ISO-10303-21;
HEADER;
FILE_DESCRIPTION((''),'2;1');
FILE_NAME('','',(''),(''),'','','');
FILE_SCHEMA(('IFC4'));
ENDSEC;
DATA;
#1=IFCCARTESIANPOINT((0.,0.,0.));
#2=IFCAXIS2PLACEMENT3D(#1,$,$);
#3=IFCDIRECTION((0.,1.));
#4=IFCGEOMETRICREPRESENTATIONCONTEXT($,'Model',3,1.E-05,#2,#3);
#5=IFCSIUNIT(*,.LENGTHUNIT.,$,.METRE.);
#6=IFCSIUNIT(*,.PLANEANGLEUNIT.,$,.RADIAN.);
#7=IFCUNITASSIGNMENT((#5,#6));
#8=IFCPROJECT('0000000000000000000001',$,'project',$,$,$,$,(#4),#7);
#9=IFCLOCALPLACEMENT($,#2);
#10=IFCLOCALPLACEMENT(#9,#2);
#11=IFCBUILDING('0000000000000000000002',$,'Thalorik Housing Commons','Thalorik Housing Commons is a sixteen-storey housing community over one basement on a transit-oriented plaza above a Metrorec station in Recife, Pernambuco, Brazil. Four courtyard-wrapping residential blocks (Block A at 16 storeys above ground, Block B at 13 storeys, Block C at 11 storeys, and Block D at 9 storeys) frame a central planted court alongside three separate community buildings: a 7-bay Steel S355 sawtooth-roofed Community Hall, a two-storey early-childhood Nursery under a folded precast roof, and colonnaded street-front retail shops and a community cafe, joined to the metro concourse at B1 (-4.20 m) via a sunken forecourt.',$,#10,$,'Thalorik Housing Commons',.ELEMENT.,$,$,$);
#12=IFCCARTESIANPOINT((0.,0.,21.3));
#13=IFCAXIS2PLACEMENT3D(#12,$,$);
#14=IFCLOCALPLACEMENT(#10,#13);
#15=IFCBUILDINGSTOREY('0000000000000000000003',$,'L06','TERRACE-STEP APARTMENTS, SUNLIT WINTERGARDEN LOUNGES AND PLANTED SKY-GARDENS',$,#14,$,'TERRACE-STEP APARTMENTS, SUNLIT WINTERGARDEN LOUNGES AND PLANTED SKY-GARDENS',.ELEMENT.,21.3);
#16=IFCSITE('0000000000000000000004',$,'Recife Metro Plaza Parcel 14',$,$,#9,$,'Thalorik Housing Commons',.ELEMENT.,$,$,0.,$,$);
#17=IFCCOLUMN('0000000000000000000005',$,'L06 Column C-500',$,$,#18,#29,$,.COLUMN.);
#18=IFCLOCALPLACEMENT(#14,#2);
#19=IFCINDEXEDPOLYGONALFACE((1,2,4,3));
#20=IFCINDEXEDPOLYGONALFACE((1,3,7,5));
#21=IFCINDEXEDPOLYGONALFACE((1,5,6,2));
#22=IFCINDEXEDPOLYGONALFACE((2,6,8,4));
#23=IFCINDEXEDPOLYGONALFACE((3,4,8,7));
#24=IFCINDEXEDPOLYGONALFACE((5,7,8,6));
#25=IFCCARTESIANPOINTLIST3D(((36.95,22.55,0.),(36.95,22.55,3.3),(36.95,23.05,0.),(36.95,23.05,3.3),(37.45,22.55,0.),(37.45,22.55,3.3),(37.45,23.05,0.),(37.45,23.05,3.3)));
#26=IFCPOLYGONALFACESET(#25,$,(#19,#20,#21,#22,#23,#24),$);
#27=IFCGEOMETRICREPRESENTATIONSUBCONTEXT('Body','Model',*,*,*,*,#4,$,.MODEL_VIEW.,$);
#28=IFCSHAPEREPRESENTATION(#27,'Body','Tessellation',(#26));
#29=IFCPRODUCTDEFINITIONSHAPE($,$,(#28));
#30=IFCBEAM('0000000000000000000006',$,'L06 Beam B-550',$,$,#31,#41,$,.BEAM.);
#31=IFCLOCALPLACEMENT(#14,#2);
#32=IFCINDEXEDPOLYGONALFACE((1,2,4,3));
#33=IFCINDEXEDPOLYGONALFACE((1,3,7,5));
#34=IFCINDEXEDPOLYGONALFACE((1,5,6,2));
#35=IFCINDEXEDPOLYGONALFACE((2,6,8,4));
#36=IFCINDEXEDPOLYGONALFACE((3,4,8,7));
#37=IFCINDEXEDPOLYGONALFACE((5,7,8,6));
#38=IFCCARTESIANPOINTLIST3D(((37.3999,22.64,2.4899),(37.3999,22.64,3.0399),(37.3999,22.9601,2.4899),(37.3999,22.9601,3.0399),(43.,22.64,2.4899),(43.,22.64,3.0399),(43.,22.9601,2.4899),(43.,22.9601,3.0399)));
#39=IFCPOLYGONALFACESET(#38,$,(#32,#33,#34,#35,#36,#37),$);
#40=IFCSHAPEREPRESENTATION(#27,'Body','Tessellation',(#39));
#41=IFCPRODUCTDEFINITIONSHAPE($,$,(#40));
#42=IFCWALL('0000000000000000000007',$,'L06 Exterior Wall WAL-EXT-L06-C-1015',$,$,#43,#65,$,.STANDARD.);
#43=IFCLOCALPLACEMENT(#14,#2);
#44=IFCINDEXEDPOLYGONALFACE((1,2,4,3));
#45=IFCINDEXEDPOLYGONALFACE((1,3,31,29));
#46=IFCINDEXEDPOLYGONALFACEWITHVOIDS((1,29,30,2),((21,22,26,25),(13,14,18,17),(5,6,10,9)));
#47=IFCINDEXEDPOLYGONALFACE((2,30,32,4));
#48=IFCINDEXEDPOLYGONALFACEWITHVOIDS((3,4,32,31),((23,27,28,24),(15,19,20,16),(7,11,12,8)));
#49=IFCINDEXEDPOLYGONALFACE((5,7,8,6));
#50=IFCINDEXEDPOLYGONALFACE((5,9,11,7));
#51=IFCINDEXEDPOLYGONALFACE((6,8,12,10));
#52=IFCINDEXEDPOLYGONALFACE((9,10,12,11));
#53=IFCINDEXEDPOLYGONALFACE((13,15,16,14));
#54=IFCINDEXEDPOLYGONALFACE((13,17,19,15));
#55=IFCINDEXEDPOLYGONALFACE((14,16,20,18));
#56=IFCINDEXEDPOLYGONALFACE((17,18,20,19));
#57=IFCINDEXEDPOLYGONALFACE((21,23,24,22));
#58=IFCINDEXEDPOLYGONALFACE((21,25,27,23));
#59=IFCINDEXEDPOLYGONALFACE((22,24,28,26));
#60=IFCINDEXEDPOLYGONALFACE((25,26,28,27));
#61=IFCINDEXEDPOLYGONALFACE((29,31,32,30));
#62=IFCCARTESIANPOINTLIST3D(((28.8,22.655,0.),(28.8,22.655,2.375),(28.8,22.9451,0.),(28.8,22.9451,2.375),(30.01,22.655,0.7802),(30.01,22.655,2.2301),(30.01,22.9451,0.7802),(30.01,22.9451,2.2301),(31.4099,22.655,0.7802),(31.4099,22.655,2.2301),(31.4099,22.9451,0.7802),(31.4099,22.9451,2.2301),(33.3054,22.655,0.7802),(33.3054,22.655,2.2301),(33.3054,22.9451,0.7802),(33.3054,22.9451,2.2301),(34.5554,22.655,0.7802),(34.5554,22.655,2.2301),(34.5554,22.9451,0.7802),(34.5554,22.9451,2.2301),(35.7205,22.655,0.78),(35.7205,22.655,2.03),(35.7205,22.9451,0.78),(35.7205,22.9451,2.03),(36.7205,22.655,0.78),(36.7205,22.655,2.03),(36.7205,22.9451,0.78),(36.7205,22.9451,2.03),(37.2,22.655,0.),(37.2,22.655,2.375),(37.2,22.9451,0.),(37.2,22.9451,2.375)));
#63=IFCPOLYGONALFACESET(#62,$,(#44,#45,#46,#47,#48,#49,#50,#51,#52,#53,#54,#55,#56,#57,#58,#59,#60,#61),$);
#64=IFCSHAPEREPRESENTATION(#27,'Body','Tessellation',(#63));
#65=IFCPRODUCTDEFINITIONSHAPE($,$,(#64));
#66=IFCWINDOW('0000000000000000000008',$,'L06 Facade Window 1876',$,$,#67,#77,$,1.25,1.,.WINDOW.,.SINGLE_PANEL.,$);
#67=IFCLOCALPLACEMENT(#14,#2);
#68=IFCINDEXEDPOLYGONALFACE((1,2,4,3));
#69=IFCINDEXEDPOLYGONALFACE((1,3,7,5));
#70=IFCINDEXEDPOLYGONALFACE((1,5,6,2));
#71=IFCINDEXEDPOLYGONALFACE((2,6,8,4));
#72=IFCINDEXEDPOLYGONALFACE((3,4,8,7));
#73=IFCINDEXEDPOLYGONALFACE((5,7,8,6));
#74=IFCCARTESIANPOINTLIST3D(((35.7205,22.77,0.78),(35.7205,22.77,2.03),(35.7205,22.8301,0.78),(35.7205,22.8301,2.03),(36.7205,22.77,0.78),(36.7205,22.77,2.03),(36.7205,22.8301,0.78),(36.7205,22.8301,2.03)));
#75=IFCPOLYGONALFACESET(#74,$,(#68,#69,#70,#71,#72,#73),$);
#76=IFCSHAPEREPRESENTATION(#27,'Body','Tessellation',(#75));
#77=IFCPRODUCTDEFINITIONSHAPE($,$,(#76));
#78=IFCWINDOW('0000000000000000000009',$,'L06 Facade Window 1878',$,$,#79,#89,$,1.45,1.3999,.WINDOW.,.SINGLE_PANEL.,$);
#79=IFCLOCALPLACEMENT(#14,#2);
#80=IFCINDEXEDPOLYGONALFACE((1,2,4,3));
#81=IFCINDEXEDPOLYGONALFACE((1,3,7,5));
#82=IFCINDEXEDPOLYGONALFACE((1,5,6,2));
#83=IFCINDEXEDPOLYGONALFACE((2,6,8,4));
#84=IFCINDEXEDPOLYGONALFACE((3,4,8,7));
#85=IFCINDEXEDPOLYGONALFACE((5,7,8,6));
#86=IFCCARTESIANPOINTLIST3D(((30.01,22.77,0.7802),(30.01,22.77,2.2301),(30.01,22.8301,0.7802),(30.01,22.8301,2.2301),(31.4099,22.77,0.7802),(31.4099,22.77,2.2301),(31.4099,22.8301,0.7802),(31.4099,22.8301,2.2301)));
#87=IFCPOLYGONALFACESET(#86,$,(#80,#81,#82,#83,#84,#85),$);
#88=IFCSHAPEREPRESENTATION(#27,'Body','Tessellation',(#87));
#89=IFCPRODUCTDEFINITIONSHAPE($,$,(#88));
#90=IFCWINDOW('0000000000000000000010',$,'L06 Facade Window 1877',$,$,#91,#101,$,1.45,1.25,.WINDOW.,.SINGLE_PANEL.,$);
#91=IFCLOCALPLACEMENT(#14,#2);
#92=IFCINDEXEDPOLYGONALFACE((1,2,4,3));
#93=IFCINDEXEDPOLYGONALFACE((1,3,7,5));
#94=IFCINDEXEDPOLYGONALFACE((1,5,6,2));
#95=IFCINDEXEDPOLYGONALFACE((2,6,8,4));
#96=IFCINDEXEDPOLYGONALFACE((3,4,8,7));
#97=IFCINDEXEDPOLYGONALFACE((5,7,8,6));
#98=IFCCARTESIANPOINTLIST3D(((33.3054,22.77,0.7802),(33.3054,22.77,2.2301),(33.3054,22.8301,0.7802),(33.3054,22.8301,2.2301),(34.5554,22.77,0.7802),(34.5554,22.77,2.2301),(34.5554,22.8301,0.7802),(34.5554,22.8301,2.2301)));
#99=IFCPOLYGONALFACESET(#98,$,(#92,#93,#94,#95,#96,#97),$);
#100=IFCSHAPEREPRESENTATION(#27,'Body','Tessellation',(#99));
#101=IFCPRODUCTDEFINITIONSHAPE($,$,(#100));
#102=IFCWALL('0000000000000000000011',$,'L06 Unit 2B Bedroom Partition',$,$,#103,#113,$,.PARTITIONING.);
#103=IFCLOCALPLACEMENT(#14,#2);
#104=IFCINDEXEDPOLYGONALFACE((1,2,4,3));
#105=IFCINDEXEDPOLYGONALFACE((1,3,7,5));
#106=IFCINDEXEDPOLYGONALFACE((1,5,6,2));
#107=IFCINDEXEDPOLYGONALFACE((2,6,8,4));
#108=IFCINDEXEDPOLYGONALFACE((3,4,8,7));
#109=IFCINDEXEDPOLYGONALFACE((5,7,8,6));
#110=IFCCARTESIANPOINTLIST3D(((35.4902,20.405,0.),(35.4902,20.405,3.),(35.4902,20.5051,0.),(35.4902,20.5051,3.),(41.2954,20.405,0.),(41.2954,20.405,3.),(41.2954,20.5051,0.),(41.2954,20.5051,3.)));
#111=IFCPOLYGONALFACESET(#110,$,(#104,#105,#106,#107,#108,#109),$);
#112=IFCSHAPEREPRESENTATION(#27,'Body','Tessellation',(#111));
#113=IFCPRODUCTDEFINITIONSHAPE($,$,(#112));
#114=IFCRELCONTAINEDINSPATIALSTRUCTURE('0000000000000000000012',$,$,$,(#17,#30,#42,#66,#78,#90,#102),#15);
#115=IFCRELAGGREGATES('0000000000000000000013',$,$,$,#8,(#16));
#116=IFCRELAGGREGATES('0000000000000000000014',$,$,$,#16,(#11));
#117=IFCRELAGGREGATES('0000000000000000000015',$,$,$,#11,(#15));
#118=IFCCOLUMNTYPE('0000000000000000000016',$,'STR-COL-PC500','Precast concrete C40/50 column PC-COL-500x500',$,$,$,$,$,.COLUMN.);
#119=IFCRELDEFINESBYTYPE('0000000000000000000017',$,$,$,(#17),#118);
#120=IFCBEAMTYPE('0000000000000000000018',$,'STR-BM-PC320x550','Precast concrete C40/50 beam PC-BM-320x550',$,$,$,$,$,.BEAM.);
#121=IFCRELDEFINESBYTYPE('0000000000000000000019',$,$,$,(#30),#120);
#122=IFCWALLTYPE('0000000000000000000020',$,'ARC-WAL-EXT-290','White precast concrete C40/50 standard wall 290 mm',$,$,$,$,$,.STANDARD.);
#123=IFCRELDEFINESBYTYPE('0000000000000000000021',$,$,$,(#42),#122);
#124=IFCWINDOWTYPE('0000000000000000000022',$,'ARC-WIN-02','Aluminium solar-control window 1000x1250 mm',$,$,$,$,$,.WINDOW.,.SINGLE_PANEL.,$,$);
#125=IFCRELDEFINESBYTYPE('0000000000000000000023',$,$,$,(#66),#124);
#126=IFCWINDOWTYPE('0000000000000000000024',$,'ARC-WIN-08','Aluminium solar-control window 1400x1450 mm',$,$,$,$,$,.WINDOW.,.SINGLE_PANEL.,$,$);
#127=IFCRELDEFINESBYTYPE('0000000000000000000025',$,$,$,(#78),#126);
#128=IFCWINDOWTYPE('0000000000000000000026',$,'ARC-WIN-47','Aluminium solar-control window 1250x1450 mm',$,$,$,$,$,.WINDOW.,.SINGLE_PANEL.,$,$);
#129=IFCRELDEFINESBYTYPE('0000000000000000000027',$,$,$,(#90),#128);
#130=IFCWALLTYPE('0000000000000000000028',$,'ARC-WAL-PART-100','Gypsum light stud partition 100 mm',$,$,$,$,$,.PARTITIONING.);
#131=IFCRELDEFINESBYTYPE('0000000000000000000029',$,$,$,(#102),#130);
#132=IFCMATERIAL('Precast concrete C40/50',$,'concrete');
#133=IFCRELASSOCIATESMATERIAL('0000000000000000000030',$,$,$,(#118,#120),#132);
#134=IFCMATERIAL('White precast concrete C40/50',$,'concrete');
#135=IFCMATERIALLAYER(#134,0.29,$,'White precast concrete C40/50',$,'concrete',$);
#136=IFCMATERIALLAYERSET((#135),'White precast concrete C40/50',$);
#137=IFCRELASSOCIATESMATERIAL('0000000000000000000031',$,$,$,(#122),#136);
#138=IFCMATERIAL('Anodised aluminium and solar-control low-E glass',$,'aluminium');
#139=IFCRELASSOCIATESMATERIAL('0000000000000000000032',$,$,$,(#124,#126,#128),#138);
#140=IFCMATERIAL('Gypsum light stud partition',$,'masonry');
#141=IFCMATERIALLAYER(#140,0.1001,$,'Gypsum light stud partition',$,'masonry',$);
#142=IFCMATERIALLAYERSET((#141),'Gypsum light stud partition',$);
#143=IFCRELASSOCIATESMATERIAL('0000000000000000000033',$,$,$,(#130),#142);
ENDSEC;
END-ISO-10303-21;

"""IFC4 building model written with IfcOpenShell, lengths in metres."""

from ifc_helpers import new_model, si_unit, direction, frame, frame_2d, origin, origin_2d, place, context, subcontext, project, spatial, rectangle, extrude, material, layer, layer_set, material_profile, profile_set, type_object, element, fill, save


model = new_model("IFC4")

# Units and contexts
model_context = context("Model", 3, precision=1e-05, world=origin(), true_north=direction((0.0, 1.0)))
body_context = subcontext(model_context, "Body", "Model", "MODEL_VIEW")
ifc_project = project(units=[si_unit("LENGTHUNIT", "METRE"), si_unit("PLANEANGLEUNIT", "RADIAN")], contexts=[model_context])

# Site, building, storey
site_placement = place(None, origin())
site = spatial("IfcSite", under=ifc_project, at=site_placement, Name="Recife Metro Plaza Parcel 14", LongName="Thalorik Housing Commons", CompositionType="ELEMENT", RefElevation=0.0)
building_placement = place(site_placement, origin())
building = spatial("IfcBuilding", under=site, at=building_placement, Name="Thalorik Housing Commons", Description="Thalorik Housing Commons is a sixteen-storey housing community over one basement on a transit-oriented plaza above a Metrorec station in Recife, Pernambuco, Brazil. Four courtyard-wrapping residential blocks (Block A at 16 storeys above ground, Block B at 13 storeys, Block C at 11 storeys, and Block D at 9 storeys) frame a central planted court alongside three separate community buildings: a 7-bay Steel S355 sawtooth-roofed Community Hall, a two-storey early-childhood Nursery under a folded precast roof, and colonnaded street-front retail shops and a community cafe, joined to the metro concourse at B1 (-4.20 m) via a sunken forecourt.", LongName="Thalorik Housing Commons", CompositionType="ELEMENT")
storey_placement = place(building_placement, frame((0.0, 0.0, 21.3)))
storey = spatial("IfcBuildingStorey", under=building, at=storey_placement, Name="L06", Description="TERRACE-STEP APARTMENTS, SUNLIT WINTERGARDEN LOUNGES AND PLANTED SKY-GARDENS", LongName="TERRACE-STEP APARTMENTS, SUNLIT WINTERGARDEN LOUNGES AND PLANTED SKY-GARDENS", CompositionType="ELEMENT", Elevation=21.3)

# Column
ifc_material_1 = material(Name="Precast concrete C40/50", Category="concrete")
ifc_material_profile_1 = material_profile(ifc_material_1, rectangle(XDim=0.5, YDim=0.5, at=origin_2d()), Name="PC 500x500", Category="concrete")
ifc_profile_set_1 = profile_set([ifc_material_profile_1], Name="Precast concrete C40/50")
column_type = type_object("IfcColumnType", Name="STR-COL-PC500", Description="Precast concrete C40/50 column PC-COL-500x500", PredefinedType="COLUMN", material=ifc_profile_set_1)
column_placement = place(storey_placement, frame((37.2, 22.8, 0.0), z_axis=(0.0, 0.0, 1.0), x_axis=(1.0, 0.0, 0.0)))
element("IfcColumn", 1, at=column_placement, inside=storey, type_object=column_type, Name="L06 Column C-500", PredefinedType="COLUMN", context=body_context, shape_type="SweptSolid", body=[
    extrude(rectangle(XDim=0.5, YDim=0.5, at=origin_2d()), origin(), (0.0, 0.0, 1.0), 3.3),
])

# Beam
ifc_material_profile_2 = material_profile(ifc_material_1, rectangle(XDim=0.3201, YDim=0.55, at=origin_2d()), Name="PC 320x550", Category="concrete")
ifc_profile_set_2 = profile_set([ifc_material_profile_2], Name="Precast concrete C40/50")
beam_type = type_object("IfcBeamType", Name="STR-BM-PC320x550", Description="Precast concrete C40/50 beam PC-BM-320x550", PredefinedType="BEAM", material=ifc_profile_set_2)
beam_placement = place(storey_placement, frame((37.3999, 22.8, 2.7649), z_axis=(1.0, 0.0, 0.0), x_axis=(0.0, 1.0, 0.0)))
element("IfcBeam", 2, at=beam_placement, inside=storey, type_object=beam_type, Name="L06 Beam B-550", PredefinedType="BEAM", context=body_context, shape_type="SweptSolid", body=[
    extrude(rectangle(XDim=0.3201, YDim=0.55, at=origin_2d()), origin(), (0.0, 0.0, 1.0), 5.6001),
])

# Wall, openings, windows
ifc_material_2 = material(Name="White precast concrete C40/50", Category="concrete")
ifc_layer_1 = layer(ifc_material_2, 0.29, Name="White precast concrete C40/50", Category="concrete")
ifc_layer_set_1 = layer_set([ifc_layer_1], Name="White precast concrete C40/50")
wall_type_1 = type_object("IfcWallType", Name="ARC-WAL-EXT-290", Description="White precast concrete C40/50 standard wall 290 mm", PredefinedType="STANDARD", material=ifc_layer_set_1)
wall_1_placement = place(storey_placement, frame((37.2, 22.8, 0.0), z_axis=(0.0, 0.0, 1.0), x_axis=(-1.0, 0.0, 0.0)))
wall_1 = element("IfcWall", 3, at=wall_1_placement, inside=storey, type_object=wall_type_1, Name="L06 Exterior Wall WAL-EXT-L06-C-1015", PredefinedType="STANDARD", context=body_context, shape_type="SweptSolid", body=[
    extrude(rectangle(XDim=8.3999, YDim=0.29, at=frame_2d((4.2, 0.0))), origin(), (0.0, 0.0, 1.0), 2.375),
])
opening_1_placement = place(wall_1_placement, frame((0.4795, 0.0, 0.78)))
opening_1 = element("IfcOpeningElement", 4, at=opening_1_placement, cuts=wall_1, PredefinedType="OPENING", context=body_context, shape_type="SweptSolid", body=[
    extrude(rectangle(XDim=1.0, YDim=1.25, at=frame_2d((0.5, 0.625))), frame((0.0, 0.155, 0.0), z_axis=(0.0, -1.0, 0.0), x_axis=(1.0, 0.0, 0.0)), (0.0, 0.0, 1.0), 0.3101),
])
opening_2_placement = place(wall_1_placement, frame((2.6445, 0.0, 0.78)))
opening_2 = element("IfcOpeningElement", 5, at=opening_2_placement, cuts=wall_1, PredefinedType="OPENING", context=body_context, shape_type="SweptSolid", body=[
    extrude(rectangle(XDim=1.25, YDim=1.45, at=frame_2d((0.625, 0.7251))), frame((0.0, 0.155, 0.0), z_axis=(0.0, -1.0, 0.0), x_axis=(1.0, 0.0, 0.0)), (0.0, 0.0, 1.0), 0.3101),
])
opening_3_placement = place(wall_1_placement, frame((5.79, 0.0, 0.78)))
opening_3 = element("IfcOpeningElement", 6, at=opening_3_placement, cuts=wall_1, PredefinedType="OPENING", context=body_context, shape_type="SweptSolid", body=[
    extrude(rectangle(XDim=1.3999, YDim=1.45, at=frame_2d((0.7, 0.7251))), frame((0.0, 0.155, 0.0), z_axis=(0.0, -1.0, 0.0), x_axis=(1.0, 0.0, 0.0)), (0.0, 0.0, 1.0), 0.3101),
])
ifc_material_3 = material(Name="Anodised aluminium and solar-control low-E glass", Category="aluminium")
window_type_1 = type_object("IfcWindowType", Name="ARC-WIN-02", Description="Aluminium solar-control window 1000x1250 mm", PartitioningType="SINGLE_PANEL", PredefinedType="WINDOW", material=ifc_material_3)
window_1_placement = place(opening_1_placement, origin())
window_1 = element("IfcWindow", 7, at=window_1_placement, inside=storey, type_object=window_type_1, Name="L06 Facade Window 1876", OverallHeight=1.25, OverallWidth=1.0, PartitioningType="SINGLE_PANEL", PredefinedType="WINDOW", context=body_context, shape_type="SweptSolid", body=[
    extrude(rectangle(XDim=1.0, YDim=1.25, at=frame_2d((0.5, 0.625))), frame((0.0, 0.03, 0.0), z_axis=(0.0, -1.0, 0.0), x_axis=(1.0, 0.0, 0.0)), (0.0, 0.0, 1.0), 0.0601),
])
fill(opening_1, window_1)
window_type_2 = type_object("IfcWindowType", Name="ARC-WIN-08", Description="Aluminium solar-control window 1400x1450 mm", PartitioningType="SINGLE_PANEL", PredefinedType="WINDOW", material=ifc_material_3)
window_2_placement = place(opening_3_placement, origin())
window_2 = element("IfcWindow", 8, at=window_2_placement, inside=storey, type_object=window_type_2, Name="L06 Facade Window 1878", OverallHeight=1.45, OverallWidth=1.3999, PartitioningType="SINGLE_PANEL", PredefinedType="WINDOW", context=body_context, shape_type="SweptSolid", body=[
    extrude(rectangle(XDim=1.3999, YDim=1.45, at=frame_2d((0.7, 0.7251))), frame((0.0, 0.03, 0.0), z_axis=(0.0, -1.0, 0.0), x_axis=(1.0, 0.0, 0.0)), (0.0, 0.0, 1.0), 0.0601),
])
fill(opening_3, window_2)
window_type_3 = type_object("IfcWindowType", Name="ARC-WIN-47", Description="Aluminium solar-control window 1250x1450 mm", PartitioningType="SINGLE_PANEL", PredefinedType="WINDOW", material=ifc_material_3)
window_3_placement = place(opening_2_placement, origin())
window_3 = element("IfcWindow", 9, at=window_3_placement, inside=storey, type_object=window_type_3, Name="L06 Facade Window 1877", OverallHeight=1.45, OverallWidth=1.25, PartitioningType="SINGLE_PANEL", PredefinedType="WINDOW", context=body_context, shape_type="SweptSolid", body=[
    extrude(rectangle(XDim=1.25, YDim=1.45, at=frame_2d((0.625, 0.7251))), frame((0.0, 0.03, 0.0), z_axis=(0.0, -1.0, 0.0), x_axis=(1.0, 0.0, 0.0)), (0.0, 0.0, 1.0), 0.0601),
])
fill(opening_2, window_3)

# Wall
ifc_material_4 = material(Name="Gypsum light stud partition", Category="masonry")
ifc_layer_2 = layer(ifc_material_4, 0.1001, Name="Gypsum light stud partition", Category="masonry")
ifc_layer_set_2 = layer_set([ifc_layer_2], Name="Gypsum light stud partition")
wall_type_2 = type_object("IfcWallType", Name="ARC-WAL-PART-100", Description="Gypsum light stud partition 100 mm", PredefinedType="PARTITIONING", material=ifc_layer_set_2)
wall_2_placement = place(storey_placement, frame((35.4902, 20.4551, 0.0), z_axis=(0.0, 0.0, 1.0), x_axis=(1.0, 0.0, 0.0)))
element("IfcWall", 10, at=wall_2_placement, inside=storey, type_object=wall_type_2, Name="L06 Unit 2B Bedroom Partition", PredefinedType="PARTITIONING", context=body_context, shape_type="SweptSolid", body=[
    extrude(rectangle(XDim=5.8052, YDim=0.1001, at=frame_2d((2.9026, 0.0))), origin(), (0.0, 0.0, 1.0), 3.0),
])

save(model, "model.ifc")
